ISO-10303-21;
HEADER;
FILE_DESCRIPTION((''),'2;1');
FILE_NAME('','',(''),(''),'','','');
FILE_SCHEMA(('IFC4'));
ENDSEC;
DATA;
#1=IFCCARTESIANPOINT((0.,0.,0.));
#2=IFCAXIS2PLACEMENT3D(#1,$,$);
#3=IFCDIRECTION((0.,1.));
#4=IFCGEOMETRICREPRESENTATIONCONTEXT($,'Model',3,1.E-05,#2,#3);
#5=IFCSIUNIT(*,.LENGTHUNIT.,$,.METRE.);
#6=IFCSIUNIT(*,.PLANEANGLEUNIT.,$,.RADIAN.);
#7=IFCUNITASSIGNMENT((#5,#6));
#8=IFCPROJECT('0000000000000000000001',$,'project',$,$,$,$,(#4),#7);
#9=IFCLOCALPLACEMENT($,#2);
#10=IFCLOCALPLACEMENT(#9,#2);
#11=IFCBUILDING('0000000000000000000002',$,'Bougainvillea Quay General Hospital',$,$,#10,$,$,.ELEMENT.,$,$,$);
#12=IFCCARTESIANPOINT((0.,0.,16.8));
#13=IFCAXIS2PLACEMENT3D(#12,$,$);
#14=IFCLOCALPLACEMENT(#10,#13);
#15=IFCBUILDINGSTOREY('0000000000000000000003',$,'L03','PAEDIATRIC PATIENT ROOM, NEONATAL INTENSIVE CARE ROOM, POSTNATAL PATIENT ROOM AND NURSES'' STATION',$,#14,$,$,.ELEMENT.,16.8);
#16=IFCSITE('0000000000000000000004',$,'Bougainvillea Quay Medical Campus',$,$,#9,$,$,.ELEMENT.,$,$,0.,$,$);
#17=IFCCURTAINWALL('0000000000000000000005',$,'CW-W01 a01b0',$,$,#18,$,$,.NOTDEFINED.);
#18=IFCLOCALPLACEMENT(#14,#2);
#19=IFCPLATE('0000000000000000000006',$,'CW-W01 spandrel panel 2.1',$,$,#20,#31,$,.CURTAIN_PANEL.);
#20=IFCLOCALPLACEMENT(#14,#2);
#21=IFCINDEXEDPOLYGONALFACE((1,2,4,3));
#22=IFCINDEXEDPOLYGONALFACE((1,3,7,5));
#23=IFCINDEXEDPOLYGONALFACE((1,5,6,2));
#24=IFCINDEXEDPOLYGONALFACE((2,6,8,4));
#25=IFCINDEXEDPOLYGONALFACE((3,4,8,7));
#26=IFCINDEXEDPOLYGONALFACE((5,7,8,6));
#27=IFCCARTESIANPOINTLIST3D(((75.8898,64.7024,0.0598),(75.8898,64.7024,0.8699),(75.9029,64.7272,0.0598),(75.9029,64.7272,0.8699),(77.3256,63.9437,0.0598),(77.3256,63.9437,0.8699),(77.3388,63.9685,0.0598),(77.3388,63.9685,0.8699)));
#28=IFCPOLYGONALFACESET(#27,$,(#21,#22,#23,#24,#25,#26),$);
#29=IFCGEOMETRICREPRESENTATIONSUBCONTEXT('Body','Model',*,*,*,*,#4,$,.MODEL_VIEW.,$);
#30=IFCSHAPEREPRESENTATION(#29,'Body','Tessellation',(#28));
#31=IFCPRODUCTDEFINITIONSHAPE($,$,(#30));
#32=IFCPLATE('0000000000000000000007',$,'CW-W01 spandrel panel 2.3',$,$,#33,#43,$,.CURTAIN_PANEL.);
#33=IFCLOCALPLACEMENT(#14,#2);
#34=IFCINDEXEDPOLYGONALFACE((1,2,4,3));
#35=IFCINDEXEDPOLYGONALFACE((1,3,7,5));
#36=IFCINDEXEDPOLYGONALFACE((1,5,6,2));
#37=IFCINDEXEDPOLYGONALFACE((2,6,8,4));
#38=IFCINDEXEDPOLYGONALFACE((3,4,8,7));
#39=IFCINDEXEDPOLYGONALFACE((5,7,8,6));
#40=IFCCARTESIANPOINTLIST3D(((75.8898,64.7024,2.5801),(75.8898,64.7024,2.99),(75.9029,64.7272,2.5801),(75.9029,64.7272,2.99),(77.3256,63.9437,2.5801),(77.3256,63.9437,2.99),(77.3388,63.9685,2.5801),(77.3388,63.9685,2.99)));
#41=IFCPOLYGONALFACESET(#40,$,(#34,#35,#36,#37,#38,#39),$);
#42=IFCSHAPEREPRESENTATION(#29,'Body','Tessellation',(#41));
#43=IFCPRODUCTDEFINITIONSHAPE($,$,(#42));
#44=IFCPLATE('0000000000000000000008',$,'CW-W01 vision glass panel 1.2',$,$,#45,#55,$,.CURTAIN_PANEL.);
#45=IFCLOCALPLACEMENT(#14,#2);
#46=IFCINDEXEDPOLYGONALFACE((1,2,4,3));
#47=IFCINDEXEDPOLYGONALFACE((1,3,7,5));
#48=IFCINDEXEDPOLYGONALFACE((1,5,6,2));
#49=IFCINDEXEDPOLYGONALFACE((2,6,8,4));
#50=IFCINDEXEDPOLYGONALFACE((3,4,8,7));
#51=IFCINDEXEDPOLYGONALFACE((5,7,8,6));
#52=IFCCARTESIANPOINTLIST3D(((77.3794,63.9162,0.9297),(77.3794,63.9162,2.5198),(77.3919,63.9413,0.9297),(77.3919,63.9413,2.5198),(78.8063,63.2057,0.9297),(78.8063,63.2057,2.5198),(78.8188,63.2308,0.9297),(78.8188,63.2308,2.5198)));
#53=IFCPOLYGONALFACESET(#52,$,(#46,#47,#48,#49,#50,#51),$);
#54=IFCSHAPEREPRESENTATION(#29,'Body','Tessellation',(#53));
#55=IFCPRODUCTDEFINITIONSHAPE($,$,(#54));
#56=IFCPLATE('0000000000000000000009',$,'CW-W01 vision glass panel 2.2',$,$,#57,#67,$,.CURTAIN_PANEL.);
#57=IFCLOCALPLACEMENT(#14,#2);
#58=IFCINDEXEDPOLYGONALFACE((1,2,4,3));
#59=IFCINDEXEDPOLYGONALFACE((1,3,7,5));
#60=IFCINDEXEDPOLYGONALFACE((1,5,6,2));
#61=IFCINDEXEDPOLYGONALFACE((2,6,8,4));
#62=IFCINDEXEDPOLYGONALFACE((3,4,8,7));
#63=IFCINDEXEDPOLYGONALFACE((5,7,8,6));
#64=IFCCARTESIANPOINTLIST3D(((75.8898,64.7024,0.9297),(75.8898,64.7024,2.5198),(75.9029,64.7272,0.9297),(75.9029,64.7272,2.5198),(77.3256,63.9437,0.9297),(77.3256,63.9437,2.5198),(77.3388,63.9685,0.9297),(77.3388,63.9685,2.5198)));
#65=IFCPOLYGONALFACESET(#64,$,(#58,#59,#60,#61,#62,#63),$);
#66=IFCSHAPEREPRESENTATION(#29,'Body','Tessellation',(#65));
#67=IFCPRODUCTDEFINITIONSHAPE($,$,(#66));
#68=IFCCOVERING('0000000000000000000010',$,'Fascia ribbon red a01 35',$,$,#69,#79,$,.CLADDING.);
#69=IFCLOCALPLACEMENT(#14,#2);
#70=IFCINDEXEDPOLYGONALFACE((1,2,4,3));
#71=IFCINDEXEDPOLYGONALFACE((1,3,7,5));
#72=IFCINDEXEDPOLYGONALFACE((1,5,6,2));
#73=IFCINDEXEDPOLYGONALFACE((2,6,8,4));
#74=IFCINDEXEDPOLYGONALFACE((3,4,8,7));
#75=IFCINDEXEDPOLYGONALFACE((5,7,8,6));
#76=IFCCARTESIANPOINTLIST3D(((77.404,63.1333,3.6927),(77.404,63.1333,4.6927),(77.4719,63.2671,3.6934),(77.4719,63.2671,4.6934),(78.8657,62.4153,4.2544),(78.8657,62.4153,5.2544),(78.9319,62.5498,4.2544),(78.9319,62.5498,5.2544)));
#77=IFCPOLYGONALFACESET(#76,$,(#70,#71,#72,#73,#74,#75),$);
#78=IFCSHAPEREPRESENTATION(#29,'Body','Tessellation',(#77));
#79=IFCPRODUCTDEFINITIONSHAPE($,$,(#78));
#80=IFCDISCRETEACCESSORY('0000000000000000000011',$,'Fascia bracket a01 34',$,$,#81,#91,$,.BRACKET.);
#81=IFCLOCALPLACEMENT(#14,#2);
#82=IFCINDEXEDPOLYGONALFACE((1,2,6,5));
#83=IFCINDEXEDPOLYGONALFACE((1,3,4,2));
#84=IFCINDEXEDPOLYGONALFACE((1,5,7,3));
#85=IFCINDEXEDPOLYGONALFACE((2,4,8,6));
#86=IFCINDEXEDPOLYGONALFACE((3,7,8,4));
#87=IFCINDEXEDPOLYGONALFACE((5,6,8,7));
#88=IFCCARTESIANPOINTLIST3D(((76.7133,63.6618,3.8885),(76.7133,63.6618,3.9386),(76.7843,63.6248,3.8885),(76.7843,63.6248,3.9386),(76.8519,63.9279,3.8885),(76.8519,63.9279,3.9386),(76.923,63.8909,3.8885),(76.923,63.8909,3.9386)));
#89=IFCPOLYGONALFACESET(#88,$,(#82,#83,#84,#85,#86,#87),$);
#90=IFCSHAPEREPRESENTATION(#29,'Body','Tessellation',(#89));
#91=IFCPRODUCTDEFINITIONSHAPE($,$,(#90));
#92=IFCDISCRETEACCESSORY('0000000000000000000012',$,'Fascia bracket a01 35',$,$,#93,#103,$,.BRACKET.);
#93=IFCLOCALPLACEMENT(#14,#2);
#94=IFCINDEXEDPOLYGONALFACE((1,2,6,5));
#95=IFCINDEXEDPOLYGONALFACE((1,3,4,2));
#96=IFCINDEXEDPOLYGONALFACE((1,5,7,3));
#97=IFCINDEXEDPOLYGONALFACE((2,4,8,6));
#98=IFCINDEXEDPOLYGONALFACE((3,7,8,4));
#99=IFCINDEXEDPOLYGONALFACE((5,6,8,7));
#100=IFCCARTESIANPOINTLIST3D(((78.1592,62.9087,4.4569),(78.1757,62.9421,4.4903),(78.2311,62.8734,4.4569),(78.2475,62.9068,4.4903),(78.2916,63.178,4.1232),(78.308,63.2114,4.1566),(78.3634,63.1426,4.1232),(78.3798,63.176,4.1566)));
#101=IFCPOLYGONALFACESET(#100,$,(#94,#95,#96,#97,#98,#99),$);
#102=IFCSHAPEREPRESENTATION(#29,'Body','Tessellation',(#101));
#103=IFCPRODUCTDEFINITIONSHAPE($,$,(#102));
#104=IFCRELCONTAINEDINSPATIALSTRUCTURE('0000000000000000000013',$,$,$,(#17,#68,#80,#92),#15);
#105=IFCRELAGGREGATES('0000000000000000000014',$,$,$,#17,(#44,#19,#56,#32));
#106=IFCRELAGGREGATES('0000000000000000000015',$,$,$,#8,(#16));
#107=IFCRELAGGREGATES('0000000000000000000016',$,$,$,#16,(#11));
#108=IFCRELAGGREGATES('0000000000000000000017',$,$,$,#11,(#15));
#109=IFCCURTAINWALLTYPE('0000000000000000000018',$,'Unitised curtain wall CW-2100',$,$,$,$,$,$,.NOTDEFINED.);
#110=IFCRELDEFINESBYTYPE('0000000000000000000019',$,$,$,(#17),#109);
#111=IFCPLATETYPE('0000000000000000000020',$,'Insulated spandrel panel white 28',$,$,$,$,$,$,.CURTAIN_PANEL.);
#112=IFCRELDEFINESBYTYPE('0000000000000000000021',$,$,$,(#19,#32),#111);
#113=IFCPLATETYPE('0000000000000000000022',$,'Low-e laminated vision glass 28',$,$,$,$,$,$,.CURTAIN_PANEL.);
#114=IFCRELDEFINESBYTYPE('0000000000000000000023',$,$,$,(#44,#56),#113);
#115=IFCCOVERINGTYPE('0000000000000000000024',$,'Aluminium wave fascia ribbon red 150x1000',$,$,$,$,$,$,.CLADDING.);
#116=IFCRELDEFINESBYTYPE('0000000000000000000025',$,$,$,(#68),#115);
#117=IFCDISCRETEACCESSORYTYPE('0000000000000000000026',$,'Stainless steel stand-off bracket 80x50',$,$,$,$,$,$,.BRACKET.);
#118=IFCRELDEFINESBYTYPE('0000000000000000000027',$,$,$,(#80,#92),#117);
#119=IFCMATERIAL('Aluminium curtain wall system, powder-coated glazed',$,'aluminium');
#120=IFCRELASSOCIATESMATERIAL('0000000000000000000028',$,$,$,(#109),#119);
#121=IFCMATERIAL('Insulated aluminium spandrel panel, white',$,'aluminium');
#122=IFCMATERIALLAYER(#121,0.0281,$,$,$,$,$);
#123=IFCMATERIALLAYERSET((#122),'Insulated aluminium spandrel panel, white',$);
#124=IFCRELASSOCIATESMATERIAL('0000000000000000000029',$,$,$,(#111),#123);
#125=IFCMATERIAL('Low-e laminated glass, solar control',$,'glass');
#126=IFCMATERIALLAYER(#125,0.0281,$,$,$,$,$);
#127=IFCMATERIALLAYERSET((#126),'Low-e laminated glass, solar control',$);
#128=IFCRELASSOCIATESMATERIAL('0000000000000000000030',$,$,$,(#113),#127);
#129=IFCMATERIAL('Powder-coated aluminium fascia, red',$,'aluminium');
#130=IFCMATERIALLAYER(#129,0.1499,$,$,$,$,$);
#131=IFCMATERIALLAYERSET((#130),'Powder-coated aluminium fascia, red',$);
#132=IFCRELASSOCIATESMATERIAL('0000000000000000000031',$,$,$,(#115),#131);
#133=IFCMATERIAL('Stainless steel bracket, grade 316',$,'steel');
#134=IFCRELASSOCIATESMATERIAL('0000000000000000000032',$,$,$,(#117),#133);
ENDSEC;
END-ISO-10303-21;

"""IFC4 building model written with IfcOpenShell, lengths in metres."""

from ifc_helpers import new_model, si_unit, direction, frame, origin, origin_2d, place, context, subcontext, project, spatial, polyline, rectangle, outline, extrude, material, layer, layer_set, material_profile, profile_set, type_object, element, aggregate, save


model = new_model("IFC4")

# Units and contexts
model_context = context("Model", 3, precision=1e-05, world=origin(), true_north=direction((0.0, 1.0)))
body_context = subcontext(model_context, "Body", "Model", "MODEL_VIEW")
ifc_project = project(units=[si_unit("LENGTHUNIT", "METRE"), si_unit("PLANEANGLEUNIT", "RADIAN")], contexts=[model_context])

# Site, building, storey
site_placement = place(None, origin())
site = spatial("IfcSite", under=ifc_project, at=site_placement, Name="Bougainvillea Quay Medical Campus", CompositionType="ELEMENT", RefElevation=0.0)
building_placement = place(site_placement, origin())
building = spatial("IfcBuilding", under=site, at=building_placement, Name="Bougainvillea Quay General Hospital", CompositionType="ELEMENT")
storey_placement = place(building_placement, frame((0.0, 0.0, 16.8)))
storey = spatial("IfcBuildingStorey", under=building, at=storey_placement, Name="L03", Description="PAEDIATRIC PATIENT ROOM, NEONATAL INTENSIVE CARE ROOM, POSTNATAL PATIENT ROOM AND NURSES' STATION", CompositionType="ELEMENT", Elevation=16.8)

# Curtain wall
ifc_material_1 = material(Name="Aluminium curtain wall system, powder-coated glazed", Category="aluminium")
curtain_wall_type_1 = type_object("IfcCurtainWallType", Name="Unitised curtain wall CW-2100", PredefinedType="NOTDEFINED", material=ifc_material_1)
curtain_wall_1_placement = place(storey_placement, origin())
curtain_wall_1 = element("IfcCurtainWall", 1, at=curtain_wall_1_placement, inside=storey, type_object=curtain_wall_type_1, Name="CW-W01 a01b0", PredefinedType="NOTDEFINED")

# Plates
ifc_material_2 = material(Name="Insulated aluminium spandrel panel, white", Category="aluminium")
ifc_layer_1 = layer(ifc_material_2, 0.0281)
ifc_layer_set_1 = layer_set([ifc_layer_1], Name="Insulated aluminium spandrel panel, white")
plate_type_1 = type_object("IfcPlateType", Name="Insulated spandrel panel white 28", PredefinedType="CURTAIN_PANEL", material=ifc_layer_set_1)
plate_1_placement = place(storey_placement, frame((76.6143, 64.3354, 0.0598), z_axis=(0.0, 0.0, 1.0), x_axis=(-0.884145, 0.467213, 0.0)))
plate_1 = element("IfcPlate", 2, at=plate_1_placement, type_object=plate_type_1, Name="CW-W01 spandrel panel 2.1", PredefinedType="CURTAIN_PANEL", context=body_context, shape_type="SweptSolid", body=[
    extrude(rectangle(XDim=1.624, YDim=0.0281, at=origin_2d()), origin(), (0.0, 0.0, 1.0), 0.8101),
])
plate_2_placement = place(storey_placement, frame((76.6143, 64.3354, 2.5801), z_axis=(0.0, 0.0, 1.0), x_axis=(-0.884145, 0.467213, 0.0)))
plate_2 = element("IfcPlate", 3, at=plate_2_placement, type_object=plate_type_1, Name="CW-W01 spandrel panel 2.3", PredefinedType="CURTAIN_PANEL", context=body_context, shape_type="SweptSolid", body=[
    extrude(rectangle(XDim=1.624, YDim=0.0281, at=origin_2d()), origin(), (0.0, 0.0, 1.0), 0.4099),
])
ifc_material_3 = material(Name="Low-e laminated glass, solar control", Category="glass")
ifc_layer_2 = layer(ifc_material_3, 0.0281)
ifc_layer_set_2 = layer_set([ifc_layer_2], Name="Low-e laminated glass, solar control")
plate_type_2 = type_object("IfcPlateType", Name="Low-e laminated vision glass 28", PredefinedType="CURTAIN_PANEL", material=ifc_layer_set_2)
plate_3_placement = place(storey_placement, frame((78.0991, 63.5735, 0.9297), z_axis=(0.0, 0.0, 1.0), x_axis=(-0.895167, 0.445731, 0.0)))
plate_3 = element("IfcPlate", 4, at=plate_3_placement, type_object=plate_type_2, Name="CW-W01 vision glass panel 1.2", PredefinedType="CURTAIN_PANEL", context=body_context, shape_type="SweptSolid", body=[
    extrude(rectangle(XDim=1.594, YDim=0.0281, at=origin_2d()), origin(), (0.0, 0.0, 1.0), 1.5901),
])
plate_4_placement = place(storey_placement, frame((76.6143, 64.3354, 0.9297), z_axis=(0.0, 0.0, 1.0), x_axis=(-0.884145, 0.467213, 0.0)))
plate_4 = element("IfcPlate", 5, at=plate_4_placement, type_object=plate_type_2, Name="CW-W01 vision glass panel 2.2", PredefinedType="CURTAIN_PANEL", context=body_context, shape_type="SweptSolid", body=[
    extrude(rectangle(XDim=1.624, YDim=0.0281, at=origin_2d()), origin(), (0.0, 0.0, 1.0), 1.5901),
])
aggregate(curtain_wall_1, [plate_3, plate_1, plate_4, plate_2])

# Covering
ifc_material_4 = material(Name="Powder-coated aluminium fascia, red", Category="aluminium")
ifc_layer_3 = layer(ifc_material_4, 0.1499)
ifc_layer_set_3 = layer_set([ifc_layer_3], Name="Powder-coated aluminium fascia, red")
covering_type = type_object("IfcCoveringType", Name="Aluminium wave fascia ribbon red 150x1000", PredefinedType="CLADDING", material=ifc_layer_set_3)
covering_placement = place(storey_placement, frame((77.4719, 63.2671, 3.6934), z_axis=(-0.29273, 0.143651, 0.945343), x_axis=(0.848471, -0.416857, 0.326078)))
element("IfcCovering", 6, at=covering_placement, inside=storey, type_object=covering_type, Name="Fascia ribbon red a01 35", PredefinedType="CLADDING", context=body_context, shape_type="SweptSolid", body=[
    extrude(outline(polyline([(0.0, 0.0), (1.7207, 0.0), (1.7206, -0.1499), (-0.0021, -0.15), (0.0, 0.0)])), origin(), (0.326078, 0.000143, 0.945343), 1.0),
])

# Discrete accessories
ifc_material_5 = material(Name="Stainless steel bracket, grade 316", Category="steel")
ifc_material_profile_1 = material_profile(ifc_material_5, rectangle(XDim=0.0801, YDim=0.05, at=origin_2d()))
ifc_profile_set_1 = profile_set([ifc_material_profile_1], Name="Stainless steel bracket, grade 316")
discrete_accessory_type = type_object("IfcDiscreteAccessoryType", Name="Stainless steel stand-off bracket 80x50", PredefinedType="BRACKET", material=ifc_profile_set_1)
discrete_accessory_1_placement = place(storey_placement, frame((76.8875, 63.9094, 3.9136), z_axis=(-0.462121, -0.886817, 0.0), x_axis=(0.886817, -0.462121, 0.0)))
element("IfcDiscreteAccessory", 7, at=discrete_accessory_1_placement, inside=storey, type_object=discrete_accessory_type, Name="Fascia bracket a01 34", PredefinedType="BRACKET", context=body_context, shape_type="SweptSolid", body=[
    extrude(rectangle(XDim=0.0801, YDim=0.05, at=origin_2d()), origin(), (0.0, 0.0, 1.0), 0.3),
])
discrete_accessory_2_placement = place(storey_placement, frame((78.3357, 63.177, 4.1399), z_axis=(-0.29485, -0.600036, 0.743653), x_axis=(0.897498, -0.441019, 0.0)))
element("IfcDiscreteAccessory", 8, at=discrete_accessory_2_placement, inside=storey, type_object=discrete_accessory_type, Name="Fascia bracket a01 35", PredefinedType="BRACKET", context=body_context, shape_type="SweptSolid", body=[
    extrude(rectangle(XDim=0.0801, YDim=0.05, at=origin_2d()), origin(), (0.0, 0.0, 1.0), 0.4487),
])

save(model, "model.ifc")
